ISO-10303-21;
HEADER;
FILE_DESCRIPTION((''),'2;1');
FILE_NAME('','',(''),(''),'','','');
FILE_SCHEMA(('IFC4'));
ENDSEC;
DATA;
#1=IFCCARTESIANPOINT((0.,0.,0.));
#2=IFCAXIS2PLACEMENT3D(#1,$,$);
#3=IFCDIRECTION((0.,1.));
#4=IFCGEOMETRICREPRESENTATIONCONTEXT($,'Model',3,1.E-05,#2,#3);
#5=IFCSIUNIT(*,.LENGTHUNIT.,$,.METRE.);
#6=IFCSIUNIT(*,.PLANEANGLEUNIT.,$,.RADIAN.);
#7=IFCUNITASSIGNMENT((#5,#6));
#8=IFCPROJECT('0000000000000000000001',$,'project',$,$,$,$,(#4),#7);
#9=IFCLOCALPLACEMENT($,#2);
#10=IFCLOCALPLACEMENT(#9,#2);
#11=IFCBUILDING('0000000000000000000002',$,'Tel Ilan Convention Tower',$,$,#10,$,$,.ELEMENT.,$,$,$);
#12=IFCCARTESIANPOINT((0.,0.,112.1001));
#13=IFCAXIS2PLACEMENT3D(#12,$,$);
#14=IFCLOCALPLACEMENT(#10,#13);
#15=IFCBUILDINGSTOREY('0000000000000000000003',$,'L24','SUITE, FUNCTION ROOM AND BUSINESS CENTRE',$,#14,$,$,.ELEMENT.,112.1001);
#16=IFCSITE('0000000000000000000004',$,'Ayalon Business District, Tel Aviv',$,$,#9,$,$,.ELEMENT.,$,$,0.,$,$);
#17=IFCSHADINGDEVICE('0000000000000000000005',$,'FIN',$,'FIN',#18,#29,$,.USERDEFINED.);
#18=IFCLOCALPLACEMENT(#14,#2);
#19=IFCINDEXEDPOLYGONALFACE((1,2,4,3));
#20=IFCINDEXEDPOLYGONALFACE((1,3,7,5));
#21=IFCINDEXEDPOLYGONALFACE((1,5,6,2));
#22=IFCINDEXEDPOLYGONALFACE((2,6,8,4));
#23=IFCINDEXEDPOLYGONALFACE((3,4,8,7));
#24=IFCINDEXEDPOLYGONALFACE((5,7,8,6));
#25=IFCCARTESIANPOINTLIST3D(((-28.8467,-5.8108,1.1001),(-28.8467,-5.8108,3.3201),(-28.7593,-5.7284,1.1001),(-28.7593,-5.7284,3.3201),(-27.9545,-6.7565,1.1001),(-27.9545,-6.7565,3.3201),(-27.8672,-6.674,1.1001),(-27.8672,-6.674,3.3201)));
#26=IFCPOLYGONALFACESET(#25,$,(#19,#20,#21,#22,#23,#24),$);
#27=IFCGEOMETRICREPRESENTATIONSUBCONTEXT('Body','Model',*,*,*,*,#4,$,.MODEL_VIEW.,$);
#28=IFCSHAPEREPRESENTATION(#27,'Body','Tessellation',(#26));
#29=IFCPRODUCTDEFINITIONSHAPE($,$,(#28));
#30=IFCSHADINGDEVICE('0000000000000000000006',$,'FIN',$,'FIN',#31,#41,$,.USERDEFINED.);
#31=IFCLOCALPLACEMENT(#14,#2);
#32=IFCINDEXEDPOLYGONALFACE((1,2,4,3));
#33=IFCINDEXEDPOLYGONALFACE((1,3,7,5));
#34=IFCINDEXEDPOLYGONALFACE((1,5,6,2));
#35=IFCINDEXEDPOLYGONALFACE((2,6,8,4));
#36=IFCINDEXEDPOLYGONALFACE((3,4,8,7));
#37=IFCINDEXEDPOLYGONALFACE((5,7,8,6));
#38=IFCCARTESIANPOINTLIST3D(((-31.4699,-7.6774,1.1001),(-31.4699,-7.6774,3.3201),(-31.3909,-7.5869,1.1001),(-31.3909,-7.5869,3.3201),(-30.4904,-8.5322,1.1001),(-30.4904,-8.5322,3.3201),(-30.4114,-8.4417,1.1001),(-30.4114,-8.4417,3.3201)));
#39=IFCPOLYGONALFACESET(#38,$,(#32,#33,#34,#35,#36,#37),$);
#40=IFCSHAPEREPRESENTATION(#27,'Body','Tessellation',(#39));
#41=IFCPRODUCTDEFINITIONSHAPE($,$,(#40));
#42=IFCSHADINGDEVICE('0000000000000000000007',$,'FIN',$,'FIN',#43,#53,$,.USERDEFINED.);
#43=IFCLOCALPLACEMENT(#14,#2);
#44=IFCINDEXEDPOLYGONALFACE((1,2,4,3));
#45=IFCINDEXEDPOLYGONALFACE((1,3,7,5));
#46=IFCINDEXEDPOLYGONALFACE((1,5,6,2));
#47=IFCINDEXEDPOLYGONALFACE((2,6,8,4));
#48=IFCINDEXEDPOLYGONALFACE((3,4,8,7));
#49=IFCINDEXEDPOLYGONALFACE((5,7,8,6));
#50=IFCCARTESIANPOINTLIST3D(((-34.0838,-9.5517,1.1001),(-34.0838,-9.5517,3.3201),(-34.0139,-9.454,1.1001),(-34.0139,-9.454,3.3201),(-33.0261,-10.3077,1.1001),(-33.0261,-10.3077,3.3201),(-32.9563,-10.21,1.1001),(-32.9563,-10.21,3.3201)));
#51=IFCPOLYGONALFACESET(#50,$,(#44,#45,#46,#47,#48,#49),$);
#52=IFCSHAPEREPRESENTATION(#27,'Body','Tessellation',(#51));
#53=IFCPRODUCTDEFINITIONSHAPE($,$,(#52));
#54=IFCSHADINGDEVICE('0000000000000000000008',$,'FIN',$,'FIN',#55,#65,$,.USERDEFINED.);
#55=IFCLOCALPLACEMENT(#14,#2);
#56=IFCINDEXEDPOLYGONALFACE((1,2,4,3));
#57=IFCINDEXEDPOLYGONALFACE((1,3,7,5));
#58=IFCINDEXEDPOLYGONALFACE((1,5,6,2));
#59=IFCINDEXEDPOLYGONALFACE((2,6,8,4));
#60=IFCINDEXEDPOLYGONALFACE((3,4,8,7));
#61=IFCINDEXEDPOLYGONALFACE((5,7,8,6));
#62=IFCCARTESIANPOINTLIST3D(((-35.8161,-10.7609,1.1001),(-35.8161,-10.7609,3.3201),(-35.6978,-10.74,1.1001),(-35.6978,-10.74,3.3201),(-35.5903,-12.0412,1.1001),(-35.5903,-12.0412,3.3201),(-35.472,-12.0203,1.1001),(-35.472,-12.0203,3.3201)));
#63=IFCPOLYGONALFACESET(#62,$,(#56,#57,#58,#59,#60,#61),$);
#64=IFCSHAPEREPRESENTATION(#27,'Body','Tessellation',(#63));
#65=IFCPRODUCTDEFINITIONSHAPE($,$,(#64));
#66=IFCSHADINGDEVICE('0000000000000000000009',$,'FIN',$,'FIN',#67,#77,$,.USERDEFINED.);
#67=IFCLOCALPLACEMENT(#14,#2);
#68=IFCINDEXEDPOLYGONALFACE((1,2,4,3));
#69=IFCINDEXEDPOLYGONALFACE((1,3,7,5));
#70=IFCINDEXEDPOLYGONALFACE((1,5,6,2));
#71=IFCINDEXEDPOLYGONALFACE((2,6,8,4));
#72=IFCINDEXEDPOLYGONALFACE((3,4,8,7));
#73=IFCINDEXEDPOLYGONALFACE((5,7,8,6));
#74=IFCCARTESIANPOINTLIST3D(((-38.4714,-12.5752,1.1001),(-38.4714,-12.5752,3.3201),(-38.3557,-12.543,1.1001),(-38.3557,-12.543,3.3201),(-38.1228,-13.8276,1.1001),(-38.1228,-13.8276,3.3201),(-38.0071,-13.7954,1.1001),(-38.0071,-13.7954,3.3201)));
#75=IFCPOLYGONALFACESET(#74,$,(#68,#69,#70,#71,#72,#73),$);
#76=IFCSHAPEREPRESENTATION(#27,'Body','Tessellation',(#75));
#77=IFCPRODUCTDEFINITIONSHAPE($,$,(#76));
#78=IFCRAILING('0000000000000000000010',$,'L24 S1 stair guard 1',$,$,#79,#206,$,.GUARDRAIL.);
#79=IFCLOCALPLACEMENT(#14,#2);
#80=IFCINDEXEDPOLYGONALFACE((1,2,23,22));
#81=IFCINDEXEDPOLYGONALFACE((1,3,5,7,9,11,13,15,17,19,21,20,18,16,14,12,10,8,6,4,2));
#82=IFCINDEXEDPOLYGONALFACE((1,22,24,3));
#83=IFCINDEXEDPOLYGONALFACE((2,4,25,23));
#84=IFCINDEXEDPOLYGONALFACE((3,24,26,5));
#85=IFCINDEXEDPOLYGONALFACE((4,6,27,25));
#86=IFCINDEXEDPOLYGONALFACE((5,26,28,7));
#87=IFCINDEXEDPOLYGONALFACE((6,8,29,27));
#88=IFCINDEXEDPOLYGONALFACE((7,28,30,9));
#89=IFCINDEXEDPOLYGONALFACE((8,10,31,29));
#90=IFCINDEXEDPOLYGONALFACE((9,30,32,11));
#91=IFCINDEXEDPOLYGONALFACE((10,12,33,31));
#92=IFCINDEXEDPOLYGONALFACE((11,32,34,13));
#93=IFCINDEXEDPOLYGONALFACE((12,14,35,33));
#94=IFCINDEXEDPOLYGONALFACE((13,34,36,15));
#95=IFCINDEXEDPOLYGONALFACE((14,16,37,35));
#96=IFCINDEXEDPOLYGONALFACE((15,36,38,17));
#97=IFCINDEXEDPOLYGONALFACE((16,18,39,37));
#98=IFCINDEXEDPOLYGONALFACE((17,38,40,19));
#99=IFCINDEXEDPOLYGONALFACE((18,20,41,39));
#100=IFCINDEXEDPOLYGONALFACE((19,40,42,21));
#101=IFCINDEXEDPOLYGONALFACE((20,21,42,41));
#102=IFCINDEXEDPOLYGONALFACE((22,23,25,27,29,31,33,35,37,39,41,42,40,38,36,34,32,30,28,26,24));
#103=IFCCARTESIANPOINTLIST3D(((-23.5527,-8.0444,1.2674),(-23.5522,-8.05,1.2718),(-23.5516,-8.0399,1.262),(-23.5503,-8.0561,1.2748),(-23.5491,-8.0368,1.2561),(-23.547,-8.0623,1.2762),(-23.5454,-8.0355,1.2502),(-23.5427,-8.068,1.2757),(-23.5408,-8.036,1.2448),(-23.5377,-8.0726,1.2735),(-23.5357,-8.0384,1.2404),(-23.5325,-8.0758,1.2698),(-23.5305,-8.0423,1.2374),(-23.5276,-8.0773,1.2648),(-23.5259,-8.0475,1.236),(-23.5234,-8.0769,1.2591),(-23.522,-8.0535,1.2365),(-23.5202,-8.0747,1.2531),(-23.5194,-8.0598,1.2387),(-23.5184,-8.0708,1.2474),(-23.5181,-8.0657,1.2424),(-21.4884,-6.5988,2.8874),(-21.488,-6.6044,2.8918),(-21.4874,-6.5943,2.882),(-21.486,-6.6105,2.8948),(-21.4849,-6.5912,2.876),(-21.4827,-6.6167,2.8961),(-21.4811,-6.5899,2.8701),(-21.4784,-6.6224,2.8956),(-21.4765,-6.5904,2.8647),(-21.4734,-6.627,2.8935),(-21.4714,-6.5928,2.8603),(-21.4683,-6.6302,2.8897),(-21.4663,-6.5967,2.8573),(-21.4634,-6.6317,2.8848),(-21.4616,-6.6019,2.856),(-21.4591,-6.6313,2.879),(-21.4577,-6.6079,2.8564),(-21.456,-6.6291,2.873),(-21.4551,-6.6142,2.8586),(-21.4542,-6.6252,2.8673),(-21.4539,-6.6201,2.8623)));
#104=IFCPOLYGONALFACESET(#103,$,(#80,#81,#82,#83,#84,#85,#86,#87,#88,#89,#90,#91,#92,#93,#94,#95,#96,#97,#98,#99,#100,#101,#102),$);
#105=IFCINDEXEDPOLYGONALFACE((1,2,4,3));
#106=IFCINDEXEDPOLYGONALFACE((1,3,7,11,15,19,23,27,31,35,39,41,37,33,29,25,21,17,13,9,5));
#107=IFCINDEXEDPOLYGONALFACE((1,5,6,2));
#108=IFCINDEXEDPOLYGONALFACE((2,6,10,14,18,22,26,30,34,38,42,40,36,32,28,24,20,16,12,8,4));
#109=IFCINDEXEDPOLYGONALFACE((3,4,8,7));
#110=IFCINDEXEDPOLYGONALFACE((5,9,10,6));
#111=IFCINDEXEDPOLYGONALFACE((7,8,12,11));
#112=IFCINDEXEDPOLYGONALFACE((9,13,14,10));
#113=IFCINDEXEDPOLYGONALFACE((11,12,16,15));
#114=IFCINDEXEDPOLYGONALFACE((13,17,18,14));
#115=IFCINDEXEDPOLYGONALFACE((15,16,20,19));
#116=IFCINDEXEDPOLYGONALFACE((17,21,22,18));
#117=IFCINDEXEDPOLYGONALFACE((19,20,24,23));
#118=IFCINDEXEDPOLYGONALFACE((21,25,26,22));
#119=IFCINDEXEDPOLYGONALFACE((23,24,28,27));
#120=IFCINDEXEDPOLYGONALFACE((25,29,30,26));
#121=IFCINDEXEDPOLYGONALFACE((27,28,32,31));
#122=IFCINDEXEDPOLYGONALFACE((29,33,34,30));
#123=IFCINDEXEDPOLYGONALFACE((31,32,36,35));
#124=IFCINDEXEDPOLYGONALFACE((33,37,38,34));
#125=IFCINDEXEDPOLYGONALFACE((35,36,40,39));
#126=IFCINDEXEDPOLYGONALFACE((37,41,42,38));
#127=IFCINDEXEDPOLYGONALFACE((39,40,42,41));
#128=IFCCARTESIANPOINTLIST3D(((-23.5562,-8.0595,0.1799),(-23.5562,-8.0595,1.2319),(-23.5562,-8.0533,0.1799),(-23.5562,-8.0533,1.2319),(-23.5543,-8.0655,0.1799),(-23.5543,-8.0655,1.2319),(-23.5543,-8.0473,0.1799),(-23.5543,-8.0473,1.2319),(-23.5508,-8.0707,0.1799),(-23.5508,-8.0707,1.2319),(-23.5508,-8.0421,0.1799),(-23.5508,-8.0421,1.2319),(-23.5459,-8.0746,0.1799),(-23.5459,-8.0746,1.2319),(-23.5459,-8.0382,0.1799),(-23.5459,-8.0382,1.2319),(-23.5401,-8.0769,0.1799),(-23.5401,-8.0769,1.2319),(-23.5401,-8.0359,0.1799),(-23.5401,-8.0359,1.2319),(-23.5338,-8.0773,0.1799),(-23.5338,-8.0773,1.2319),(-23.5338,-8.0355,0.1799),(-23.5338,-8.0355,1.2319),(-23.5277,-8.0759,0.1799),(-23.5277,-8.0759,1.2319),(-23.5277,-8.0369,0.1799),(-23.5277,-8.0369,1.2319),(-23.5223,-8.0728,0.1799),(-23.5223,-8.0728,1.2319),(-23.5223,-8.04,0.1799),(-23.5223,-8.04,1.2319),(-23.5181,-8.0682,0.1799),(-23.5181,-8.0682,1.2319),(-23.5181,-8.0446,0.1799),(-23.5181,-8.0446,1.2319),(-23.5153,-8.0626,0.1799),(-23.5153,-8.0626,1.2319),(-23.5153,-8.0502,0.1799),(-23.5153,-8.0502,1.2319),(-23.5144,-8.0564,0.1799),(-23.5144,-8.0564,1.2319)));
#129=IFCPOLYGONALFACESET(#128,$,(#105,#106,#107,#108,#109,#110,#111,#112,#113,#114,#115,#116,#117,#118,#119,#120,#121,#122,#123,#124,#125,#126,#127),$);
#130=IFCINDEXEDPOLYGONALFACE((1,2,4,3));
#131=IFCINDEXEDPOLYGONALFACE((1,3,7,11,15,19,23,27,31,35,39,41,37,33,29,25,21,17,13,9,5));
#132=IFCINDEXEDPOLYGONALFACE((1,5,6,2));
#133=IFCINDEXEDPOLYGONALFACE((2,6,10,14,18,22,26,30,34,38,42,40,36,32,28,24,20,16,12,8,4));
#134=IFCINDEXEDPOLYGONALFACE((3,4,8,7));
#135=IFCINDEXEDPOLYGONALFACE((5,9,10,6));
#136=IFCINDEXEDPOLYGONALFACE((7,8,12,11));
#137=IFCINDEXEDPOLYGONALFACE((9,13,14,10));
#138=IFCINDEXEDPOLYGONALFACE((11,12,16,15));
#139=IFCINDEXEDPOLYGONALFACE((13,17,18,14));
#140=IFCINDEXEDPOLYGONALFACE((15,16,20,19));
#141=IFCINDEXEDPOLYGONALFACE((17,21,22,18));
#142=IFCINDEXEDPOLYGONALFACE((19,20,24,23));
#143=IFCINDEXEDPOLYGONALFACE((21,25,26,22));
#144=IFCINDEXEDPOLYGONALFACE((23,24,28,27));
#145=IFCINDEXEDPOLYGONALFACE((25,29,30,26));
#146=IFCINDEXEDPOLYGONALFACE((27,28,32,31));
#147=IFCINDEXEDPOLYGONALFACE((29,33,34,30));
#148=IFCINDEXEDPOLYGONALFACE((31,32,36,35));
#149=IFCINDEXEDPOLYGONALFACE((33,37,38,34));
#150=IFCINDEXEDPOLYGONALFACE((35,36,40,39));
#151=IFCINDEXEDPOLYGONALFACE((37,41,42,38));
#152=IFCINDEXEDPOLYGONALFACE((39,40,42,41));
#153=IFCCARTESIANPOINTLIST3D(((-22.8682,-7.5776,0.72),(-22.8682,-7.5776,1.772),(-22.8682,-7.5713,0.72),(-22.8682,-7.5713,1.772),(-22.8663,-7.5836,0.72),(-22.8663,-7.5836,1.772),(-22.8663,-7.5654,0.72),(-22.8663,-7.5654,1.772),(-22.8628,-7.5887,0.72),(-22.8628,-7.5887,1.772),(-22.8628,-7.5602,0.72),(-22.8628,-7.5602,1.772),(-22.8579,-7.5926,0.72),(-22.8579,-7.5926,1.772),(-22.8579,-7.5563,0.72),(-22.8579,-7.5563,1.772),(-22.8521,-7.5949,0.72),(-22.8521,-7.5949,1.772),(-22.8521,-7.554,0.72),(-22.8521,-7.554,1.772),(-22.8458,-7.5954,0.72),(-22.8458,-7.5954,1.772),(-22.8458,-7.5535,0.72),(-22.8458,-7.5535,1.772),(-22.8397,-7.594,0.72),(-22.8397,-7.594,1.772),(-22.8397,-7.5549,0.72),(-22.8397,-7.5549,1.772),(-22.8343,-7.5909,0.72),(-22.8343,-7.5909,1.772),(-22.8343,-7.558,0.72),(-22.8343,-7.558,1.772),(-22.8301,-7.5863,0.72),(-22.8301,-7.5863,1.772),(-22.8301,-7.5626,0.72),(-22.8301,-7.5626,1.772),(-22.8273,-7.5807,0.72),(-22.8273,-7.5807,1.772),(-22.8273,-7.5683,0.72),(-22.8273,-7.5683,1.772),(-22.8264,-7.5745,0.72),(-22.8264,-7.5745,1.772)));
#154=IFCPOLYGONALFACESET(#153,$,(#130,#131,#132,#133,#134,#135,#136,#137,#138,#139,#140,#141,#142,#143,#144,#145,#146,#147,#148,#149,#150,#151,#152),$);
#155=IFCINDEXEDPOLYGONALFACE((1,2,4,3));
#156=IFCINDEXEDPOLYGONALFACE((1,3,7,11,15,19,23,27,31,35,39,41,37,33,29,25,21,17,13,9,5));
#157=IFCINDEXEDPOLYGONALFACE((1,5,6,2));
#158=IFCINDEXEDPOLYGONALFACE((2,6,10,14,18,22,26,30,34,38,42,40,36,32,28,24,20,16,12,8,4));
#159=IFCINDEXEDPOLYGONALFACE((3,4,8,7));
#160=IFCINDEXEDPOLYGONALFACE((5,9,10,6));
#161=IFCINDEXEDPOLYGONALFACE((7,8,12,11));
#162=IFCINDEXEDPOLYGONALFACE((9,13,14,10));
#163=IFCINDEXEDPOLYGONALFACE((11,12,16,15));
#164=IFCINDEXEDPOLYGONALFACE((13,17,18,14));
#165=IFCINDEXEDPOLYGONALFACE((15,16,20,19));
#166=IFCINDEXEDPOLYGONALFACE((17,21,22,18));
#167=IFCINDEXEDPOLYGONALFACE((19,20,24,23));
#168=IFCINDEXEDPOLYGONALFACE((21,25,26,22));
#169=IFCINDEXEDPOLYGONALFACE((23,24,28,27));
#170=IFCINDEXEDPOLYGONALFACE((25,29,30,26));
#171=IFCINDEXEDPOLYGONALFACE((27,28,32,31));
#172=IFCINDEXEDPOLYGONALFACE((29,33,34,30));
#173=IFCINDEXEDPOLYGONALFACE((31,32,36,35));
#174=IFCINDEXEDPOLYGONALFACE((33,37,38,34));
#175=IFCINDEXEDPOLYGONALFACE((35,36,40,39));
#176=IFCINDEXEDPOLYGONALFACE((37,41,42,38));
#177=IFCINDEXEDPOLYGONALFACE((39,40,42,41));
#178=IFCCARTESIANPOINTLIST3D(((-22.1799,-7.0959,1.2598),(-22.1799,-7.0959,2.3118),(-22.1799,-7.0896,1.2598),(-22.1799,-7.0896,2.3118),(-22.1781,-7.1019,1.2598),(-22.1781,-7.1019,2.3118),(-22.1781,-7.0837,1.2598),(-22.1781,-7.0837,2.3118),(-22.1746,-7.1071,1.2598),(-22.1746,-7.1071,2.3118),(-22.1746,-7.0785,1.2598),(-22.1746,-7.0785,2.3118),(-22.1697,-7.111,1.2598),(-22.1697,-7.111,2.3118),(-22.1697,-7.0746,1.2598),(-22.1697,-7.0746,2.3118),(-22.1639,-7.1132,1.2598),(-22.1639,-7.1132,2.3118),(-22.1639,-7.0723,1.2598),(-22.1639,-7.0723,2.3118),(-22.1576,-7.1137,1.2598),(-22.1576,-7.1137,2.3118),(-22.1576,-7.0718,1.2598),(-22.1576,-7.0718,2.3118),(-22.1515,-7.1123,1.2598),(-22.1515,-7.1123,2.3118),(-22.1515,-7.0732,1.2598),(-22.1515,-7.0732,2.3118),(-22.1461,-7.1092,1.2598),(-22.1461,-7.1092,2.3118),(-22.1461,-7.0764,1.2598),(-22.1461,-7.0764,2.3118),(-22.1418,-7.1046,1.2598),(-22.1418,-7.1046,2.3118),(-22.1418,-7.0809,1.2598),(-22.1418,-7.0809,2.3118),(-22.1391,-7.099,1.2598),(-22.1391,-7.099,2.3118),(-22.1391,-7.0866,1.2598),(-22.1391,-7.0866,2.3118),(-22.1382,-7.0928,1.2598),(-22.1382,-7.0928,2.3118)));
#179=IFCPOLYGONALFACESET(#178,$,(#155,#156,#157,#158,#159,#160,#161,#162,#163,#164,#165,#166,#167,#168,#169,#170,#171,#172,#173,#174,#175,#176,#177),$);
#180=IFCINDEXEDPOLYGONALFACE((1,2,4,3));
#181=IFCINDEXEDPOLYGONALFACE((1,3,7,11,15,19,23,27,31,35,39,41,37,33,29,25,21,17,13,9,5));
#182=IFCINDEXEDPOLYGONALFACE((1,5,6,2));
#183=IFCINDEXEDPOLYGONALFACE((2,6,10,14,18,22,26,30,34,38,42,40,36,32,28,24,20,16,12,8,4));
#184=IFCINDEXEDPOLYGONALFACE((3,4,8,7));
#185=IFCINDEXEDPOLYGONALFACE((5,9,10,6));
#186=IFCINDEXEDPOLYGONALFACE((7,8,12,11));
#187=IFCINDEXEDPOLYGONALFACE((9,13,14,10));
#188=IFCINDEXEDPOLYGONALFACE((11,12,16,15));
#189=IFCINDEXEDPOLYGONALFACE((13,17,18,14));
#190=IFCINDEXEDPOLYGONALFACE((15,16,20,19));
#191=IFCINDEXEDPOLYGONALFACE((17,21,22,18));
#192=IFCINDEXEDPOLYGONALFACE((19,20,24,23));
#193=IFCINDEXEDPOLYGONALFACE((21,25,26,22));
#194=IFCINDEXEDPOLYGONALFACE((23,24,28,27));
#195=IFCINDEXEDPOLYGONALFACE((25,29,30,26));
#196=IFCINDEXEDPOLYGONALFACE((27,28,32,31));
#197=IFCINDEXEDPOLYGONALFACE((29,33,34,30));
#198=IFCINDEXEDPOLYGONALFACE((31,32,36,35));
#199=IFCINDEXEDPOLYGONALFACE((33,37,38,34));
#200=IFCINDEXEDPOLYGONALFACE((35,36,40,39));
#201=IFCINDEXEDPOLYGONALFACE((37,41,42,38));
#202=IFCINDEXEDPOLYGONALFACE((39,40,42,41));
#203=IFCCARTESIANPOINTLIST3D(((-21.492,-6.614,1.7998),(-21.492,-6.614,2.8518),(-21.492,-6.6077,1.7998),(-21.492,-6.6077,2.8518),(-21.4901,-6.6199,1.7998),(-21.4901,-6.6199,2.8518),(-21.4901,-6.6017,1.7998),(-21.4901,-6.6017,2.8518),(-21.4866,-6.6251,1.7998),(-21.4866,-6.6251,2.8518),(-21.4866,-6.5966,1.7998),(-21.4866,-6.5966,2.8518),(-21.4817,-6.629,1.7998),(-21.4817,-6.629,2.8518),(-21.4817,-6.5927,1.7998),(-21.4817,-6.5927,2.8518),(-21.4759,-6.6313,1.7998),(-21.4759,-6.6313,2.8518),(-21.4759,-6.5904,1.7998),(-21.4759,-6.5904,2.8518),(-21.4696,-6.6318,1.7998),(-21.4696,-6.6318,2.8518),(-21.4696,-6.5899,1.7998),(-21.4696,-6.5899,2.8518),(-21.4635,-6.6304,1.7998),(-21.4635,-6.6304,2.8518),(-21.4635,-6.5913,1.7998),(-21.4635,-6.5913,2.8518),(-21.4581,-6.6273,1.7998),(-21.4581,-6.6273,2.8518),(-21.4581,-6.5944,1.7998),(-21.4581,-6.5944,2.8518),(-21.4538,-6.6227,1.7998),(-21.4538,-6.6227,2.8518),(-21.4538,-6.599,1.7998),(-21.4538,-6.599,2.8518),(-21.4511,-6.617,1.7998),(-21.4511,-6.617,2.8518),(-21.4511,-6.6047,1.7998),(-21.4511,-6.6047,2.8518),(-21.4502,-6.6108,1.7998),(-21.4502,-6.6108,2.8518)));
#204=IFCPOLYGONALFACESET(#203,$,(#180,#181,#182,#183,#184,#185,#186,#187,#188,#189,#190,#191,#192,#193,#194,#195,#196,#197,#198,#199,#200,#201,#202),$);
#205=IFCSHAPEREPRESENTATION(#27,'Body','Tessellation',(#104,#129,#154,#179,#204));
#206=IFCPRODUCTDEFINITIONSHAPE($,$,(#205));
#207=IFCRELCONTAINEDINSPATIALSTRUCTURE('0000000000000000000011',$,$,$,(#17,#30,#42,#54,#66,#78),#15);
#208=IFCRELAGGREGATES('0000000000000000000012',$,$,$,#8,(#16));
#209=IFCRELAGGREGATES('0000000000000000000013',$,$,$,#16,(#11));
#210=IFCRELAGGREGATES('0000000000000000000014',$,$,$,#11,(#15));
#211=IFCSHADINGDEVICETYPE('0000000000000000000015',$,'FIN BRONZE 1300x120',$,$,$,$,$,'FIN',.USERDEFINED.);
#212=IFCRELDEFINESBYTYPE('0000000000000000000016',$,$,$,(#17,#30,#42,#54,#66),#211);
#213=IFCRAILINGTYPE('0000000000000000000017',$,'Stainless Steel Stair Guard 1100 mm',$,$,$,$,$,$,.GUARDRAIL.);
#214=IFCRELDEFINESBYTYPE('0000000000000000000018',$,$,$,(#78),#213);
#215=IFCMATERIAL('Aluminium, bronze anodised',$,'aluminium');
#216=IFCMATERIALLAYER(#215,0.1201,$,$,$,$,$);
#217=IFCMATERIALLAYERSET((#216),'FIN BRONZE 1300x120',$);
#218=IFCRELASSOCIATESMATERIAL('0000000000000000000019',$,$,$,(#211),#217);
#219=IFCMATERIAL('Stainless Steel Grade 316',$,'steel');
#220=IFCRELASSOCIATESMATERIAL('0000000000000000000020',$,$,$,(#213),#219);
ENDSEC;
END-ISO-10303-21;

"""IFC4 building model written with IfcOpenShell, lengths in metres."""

from ifc_helpers import new_model, si_unit, direction, frame, origin, origin_2d, place, context, subcontext, project, spatial, rectangle, circle, extrude, material, layer, layer_set, type_object, element, save


model = new_model("IFC4")

# Units and contexts
model_context = context("Model", 3, precision=1e-05, world=origin(), true_north=direction((0.0, 1.0)))
body_context = subcontext(model_context, "Body", "Model", "MODEL_VIEW")
ifc_project = project(units=[si_unit("LENGTHUNIT", "METRE"), si_unit("PLANEANGLEUNIT", "RADIAN")], contexts=[model_context])

# Site, building, storey
site_placement = place(None, origin())
site = spatial("IfcSite", under=ifc_project, at=site_placement, Name="Ayalon Business District, Tel Aviv", CompositionType="ELEMENT", RefElevation=0.0)
building_placement = place(site_placement, origin())
building = spatial("IfcBuilding", under=site, at=building_placement, Name="Tel Ilan Convention Tower", CompositionType="ELEMENT")
storey_placement = place(building_placement, frame((0.0, 0.0, 112.1001)))
storey = spatial("IfcBuildingStorey", under=building, at=storey_placement, Name="L24", Description="SUITE, FUNCTION ROOM AND BUSINESS CENTRE", CompositionType="ELEMENT", Elevation=112.1001)

# Shading devices
ifc_material_1 = material(Name="Aluminium, bronze anodised", Category="aluminium")
ifc_layer_1 = layer(ifc_material_1, 0.1201)
ifc_layer_set_1 = layer_set([ifc_layer_1], Name="FIN BRONZE 1300x120")
shading_device_type = type_object("IfcShadingDeviceType", Name="FIN BRONZE 1300x120", ElementType="FIN", PredefinedType="USERDEFINED", material=ifc_layer_set_1)
for number, where, z_axis, x_axis, name in (
    (1, (-28.3569, -6.2424, 1.1001), (0.0, 0.0, 1.0), (-0.686242, 0.727374, 0.0), "FIN"),
    (2, (-30.9407, -8.0596, 1.1001), (0.0, 0.0, 1.0), (-0.753436, 0.657521, 0.0), "FIN"),
    (3, (-33.52, -9.8809, 1.1001), (0.0, 0.0, 1.0), (-0.813552, 0.581492, 0.0), "FIN"),
    (4, (-35.644, -11.3906, 1.1001), (0.0, 0.0, 1.0), (-0.173648, 0.984808, 0.0), "FIN"),
    (5, (-38.2393, -13.1853, 1.1001), (0.0, 0.0, 1.0), (-0.268173, 0.963371, 0.0), "FIN"),
):
    element("IfcShadingDevice", number, at=place(storey_placement, frame(where, z_axis=z_axis, x_axis=x_axis)), inside=storey, type_object=shading_device_type, Name=name, ObjectType="FIN", PredefinedType="USERDEFINED", context=body_context, shape_type="SweptSolid", body=[
        extrude(rectangle(XDim=1.3, YDim=0.1201, at=origin_2d()), origin(), (0.0, 0.0, 1.0), 2.22),
    ])

# Railing
ifc_material_2 = material(Name="Stainless Steel Grade 316", Category="steel")
railing_type = type_object("IfcRailingType", Name="Stainless Steel Stair Guard 1100 mm", PredefinedType="GUARDRAIL", material=ifc_material_2)
railing_1_placement = place(storey_placement, frame((-23.5354, -8.0564, 0.1799)))
element("IfcRailing", 6, at=railing_1_placement, inside=storey, type_object=railing_type, Name="L24 S1 stair guard 1", PredefinedType="GUARDRAIL", context=body_context, shape_type="SweptSolid", body=[
    extrude(circle(Radius=0.0239, at=origin_2d()), frame((0.0, 0.0, 1.0762), z_axis=(0.689043, 0.482534, 0.540722), x_axis=(-0.573625, 0.819118, 0.0)), (0.0, 0.0, 1.0), 2.9958),
    extrude(circle(Radius=0.021, at=origin_2d()), origin(), (0.0, 0.0, 1.0), 1.052),
    extrude(circle(Radius=0.021, at=origin_2d()), frame((0.688, 0.4819, 0.54)), (0.0, 0.0, 1.0), 1.052),
    extrude(circle(Radius=0.021, at=origin_2d()), frame((1.3762, 0.9636, 1.0798)), (0.0, 0.0, 1.0), 1.052),
    extrude(circle(Radius=0.021, at=origin_2d()), frame((2.0642, 1.4456, 1.6199)), (0.0, 0.0, 1.0), 1.052),
])

save(model, "model.ifc")
